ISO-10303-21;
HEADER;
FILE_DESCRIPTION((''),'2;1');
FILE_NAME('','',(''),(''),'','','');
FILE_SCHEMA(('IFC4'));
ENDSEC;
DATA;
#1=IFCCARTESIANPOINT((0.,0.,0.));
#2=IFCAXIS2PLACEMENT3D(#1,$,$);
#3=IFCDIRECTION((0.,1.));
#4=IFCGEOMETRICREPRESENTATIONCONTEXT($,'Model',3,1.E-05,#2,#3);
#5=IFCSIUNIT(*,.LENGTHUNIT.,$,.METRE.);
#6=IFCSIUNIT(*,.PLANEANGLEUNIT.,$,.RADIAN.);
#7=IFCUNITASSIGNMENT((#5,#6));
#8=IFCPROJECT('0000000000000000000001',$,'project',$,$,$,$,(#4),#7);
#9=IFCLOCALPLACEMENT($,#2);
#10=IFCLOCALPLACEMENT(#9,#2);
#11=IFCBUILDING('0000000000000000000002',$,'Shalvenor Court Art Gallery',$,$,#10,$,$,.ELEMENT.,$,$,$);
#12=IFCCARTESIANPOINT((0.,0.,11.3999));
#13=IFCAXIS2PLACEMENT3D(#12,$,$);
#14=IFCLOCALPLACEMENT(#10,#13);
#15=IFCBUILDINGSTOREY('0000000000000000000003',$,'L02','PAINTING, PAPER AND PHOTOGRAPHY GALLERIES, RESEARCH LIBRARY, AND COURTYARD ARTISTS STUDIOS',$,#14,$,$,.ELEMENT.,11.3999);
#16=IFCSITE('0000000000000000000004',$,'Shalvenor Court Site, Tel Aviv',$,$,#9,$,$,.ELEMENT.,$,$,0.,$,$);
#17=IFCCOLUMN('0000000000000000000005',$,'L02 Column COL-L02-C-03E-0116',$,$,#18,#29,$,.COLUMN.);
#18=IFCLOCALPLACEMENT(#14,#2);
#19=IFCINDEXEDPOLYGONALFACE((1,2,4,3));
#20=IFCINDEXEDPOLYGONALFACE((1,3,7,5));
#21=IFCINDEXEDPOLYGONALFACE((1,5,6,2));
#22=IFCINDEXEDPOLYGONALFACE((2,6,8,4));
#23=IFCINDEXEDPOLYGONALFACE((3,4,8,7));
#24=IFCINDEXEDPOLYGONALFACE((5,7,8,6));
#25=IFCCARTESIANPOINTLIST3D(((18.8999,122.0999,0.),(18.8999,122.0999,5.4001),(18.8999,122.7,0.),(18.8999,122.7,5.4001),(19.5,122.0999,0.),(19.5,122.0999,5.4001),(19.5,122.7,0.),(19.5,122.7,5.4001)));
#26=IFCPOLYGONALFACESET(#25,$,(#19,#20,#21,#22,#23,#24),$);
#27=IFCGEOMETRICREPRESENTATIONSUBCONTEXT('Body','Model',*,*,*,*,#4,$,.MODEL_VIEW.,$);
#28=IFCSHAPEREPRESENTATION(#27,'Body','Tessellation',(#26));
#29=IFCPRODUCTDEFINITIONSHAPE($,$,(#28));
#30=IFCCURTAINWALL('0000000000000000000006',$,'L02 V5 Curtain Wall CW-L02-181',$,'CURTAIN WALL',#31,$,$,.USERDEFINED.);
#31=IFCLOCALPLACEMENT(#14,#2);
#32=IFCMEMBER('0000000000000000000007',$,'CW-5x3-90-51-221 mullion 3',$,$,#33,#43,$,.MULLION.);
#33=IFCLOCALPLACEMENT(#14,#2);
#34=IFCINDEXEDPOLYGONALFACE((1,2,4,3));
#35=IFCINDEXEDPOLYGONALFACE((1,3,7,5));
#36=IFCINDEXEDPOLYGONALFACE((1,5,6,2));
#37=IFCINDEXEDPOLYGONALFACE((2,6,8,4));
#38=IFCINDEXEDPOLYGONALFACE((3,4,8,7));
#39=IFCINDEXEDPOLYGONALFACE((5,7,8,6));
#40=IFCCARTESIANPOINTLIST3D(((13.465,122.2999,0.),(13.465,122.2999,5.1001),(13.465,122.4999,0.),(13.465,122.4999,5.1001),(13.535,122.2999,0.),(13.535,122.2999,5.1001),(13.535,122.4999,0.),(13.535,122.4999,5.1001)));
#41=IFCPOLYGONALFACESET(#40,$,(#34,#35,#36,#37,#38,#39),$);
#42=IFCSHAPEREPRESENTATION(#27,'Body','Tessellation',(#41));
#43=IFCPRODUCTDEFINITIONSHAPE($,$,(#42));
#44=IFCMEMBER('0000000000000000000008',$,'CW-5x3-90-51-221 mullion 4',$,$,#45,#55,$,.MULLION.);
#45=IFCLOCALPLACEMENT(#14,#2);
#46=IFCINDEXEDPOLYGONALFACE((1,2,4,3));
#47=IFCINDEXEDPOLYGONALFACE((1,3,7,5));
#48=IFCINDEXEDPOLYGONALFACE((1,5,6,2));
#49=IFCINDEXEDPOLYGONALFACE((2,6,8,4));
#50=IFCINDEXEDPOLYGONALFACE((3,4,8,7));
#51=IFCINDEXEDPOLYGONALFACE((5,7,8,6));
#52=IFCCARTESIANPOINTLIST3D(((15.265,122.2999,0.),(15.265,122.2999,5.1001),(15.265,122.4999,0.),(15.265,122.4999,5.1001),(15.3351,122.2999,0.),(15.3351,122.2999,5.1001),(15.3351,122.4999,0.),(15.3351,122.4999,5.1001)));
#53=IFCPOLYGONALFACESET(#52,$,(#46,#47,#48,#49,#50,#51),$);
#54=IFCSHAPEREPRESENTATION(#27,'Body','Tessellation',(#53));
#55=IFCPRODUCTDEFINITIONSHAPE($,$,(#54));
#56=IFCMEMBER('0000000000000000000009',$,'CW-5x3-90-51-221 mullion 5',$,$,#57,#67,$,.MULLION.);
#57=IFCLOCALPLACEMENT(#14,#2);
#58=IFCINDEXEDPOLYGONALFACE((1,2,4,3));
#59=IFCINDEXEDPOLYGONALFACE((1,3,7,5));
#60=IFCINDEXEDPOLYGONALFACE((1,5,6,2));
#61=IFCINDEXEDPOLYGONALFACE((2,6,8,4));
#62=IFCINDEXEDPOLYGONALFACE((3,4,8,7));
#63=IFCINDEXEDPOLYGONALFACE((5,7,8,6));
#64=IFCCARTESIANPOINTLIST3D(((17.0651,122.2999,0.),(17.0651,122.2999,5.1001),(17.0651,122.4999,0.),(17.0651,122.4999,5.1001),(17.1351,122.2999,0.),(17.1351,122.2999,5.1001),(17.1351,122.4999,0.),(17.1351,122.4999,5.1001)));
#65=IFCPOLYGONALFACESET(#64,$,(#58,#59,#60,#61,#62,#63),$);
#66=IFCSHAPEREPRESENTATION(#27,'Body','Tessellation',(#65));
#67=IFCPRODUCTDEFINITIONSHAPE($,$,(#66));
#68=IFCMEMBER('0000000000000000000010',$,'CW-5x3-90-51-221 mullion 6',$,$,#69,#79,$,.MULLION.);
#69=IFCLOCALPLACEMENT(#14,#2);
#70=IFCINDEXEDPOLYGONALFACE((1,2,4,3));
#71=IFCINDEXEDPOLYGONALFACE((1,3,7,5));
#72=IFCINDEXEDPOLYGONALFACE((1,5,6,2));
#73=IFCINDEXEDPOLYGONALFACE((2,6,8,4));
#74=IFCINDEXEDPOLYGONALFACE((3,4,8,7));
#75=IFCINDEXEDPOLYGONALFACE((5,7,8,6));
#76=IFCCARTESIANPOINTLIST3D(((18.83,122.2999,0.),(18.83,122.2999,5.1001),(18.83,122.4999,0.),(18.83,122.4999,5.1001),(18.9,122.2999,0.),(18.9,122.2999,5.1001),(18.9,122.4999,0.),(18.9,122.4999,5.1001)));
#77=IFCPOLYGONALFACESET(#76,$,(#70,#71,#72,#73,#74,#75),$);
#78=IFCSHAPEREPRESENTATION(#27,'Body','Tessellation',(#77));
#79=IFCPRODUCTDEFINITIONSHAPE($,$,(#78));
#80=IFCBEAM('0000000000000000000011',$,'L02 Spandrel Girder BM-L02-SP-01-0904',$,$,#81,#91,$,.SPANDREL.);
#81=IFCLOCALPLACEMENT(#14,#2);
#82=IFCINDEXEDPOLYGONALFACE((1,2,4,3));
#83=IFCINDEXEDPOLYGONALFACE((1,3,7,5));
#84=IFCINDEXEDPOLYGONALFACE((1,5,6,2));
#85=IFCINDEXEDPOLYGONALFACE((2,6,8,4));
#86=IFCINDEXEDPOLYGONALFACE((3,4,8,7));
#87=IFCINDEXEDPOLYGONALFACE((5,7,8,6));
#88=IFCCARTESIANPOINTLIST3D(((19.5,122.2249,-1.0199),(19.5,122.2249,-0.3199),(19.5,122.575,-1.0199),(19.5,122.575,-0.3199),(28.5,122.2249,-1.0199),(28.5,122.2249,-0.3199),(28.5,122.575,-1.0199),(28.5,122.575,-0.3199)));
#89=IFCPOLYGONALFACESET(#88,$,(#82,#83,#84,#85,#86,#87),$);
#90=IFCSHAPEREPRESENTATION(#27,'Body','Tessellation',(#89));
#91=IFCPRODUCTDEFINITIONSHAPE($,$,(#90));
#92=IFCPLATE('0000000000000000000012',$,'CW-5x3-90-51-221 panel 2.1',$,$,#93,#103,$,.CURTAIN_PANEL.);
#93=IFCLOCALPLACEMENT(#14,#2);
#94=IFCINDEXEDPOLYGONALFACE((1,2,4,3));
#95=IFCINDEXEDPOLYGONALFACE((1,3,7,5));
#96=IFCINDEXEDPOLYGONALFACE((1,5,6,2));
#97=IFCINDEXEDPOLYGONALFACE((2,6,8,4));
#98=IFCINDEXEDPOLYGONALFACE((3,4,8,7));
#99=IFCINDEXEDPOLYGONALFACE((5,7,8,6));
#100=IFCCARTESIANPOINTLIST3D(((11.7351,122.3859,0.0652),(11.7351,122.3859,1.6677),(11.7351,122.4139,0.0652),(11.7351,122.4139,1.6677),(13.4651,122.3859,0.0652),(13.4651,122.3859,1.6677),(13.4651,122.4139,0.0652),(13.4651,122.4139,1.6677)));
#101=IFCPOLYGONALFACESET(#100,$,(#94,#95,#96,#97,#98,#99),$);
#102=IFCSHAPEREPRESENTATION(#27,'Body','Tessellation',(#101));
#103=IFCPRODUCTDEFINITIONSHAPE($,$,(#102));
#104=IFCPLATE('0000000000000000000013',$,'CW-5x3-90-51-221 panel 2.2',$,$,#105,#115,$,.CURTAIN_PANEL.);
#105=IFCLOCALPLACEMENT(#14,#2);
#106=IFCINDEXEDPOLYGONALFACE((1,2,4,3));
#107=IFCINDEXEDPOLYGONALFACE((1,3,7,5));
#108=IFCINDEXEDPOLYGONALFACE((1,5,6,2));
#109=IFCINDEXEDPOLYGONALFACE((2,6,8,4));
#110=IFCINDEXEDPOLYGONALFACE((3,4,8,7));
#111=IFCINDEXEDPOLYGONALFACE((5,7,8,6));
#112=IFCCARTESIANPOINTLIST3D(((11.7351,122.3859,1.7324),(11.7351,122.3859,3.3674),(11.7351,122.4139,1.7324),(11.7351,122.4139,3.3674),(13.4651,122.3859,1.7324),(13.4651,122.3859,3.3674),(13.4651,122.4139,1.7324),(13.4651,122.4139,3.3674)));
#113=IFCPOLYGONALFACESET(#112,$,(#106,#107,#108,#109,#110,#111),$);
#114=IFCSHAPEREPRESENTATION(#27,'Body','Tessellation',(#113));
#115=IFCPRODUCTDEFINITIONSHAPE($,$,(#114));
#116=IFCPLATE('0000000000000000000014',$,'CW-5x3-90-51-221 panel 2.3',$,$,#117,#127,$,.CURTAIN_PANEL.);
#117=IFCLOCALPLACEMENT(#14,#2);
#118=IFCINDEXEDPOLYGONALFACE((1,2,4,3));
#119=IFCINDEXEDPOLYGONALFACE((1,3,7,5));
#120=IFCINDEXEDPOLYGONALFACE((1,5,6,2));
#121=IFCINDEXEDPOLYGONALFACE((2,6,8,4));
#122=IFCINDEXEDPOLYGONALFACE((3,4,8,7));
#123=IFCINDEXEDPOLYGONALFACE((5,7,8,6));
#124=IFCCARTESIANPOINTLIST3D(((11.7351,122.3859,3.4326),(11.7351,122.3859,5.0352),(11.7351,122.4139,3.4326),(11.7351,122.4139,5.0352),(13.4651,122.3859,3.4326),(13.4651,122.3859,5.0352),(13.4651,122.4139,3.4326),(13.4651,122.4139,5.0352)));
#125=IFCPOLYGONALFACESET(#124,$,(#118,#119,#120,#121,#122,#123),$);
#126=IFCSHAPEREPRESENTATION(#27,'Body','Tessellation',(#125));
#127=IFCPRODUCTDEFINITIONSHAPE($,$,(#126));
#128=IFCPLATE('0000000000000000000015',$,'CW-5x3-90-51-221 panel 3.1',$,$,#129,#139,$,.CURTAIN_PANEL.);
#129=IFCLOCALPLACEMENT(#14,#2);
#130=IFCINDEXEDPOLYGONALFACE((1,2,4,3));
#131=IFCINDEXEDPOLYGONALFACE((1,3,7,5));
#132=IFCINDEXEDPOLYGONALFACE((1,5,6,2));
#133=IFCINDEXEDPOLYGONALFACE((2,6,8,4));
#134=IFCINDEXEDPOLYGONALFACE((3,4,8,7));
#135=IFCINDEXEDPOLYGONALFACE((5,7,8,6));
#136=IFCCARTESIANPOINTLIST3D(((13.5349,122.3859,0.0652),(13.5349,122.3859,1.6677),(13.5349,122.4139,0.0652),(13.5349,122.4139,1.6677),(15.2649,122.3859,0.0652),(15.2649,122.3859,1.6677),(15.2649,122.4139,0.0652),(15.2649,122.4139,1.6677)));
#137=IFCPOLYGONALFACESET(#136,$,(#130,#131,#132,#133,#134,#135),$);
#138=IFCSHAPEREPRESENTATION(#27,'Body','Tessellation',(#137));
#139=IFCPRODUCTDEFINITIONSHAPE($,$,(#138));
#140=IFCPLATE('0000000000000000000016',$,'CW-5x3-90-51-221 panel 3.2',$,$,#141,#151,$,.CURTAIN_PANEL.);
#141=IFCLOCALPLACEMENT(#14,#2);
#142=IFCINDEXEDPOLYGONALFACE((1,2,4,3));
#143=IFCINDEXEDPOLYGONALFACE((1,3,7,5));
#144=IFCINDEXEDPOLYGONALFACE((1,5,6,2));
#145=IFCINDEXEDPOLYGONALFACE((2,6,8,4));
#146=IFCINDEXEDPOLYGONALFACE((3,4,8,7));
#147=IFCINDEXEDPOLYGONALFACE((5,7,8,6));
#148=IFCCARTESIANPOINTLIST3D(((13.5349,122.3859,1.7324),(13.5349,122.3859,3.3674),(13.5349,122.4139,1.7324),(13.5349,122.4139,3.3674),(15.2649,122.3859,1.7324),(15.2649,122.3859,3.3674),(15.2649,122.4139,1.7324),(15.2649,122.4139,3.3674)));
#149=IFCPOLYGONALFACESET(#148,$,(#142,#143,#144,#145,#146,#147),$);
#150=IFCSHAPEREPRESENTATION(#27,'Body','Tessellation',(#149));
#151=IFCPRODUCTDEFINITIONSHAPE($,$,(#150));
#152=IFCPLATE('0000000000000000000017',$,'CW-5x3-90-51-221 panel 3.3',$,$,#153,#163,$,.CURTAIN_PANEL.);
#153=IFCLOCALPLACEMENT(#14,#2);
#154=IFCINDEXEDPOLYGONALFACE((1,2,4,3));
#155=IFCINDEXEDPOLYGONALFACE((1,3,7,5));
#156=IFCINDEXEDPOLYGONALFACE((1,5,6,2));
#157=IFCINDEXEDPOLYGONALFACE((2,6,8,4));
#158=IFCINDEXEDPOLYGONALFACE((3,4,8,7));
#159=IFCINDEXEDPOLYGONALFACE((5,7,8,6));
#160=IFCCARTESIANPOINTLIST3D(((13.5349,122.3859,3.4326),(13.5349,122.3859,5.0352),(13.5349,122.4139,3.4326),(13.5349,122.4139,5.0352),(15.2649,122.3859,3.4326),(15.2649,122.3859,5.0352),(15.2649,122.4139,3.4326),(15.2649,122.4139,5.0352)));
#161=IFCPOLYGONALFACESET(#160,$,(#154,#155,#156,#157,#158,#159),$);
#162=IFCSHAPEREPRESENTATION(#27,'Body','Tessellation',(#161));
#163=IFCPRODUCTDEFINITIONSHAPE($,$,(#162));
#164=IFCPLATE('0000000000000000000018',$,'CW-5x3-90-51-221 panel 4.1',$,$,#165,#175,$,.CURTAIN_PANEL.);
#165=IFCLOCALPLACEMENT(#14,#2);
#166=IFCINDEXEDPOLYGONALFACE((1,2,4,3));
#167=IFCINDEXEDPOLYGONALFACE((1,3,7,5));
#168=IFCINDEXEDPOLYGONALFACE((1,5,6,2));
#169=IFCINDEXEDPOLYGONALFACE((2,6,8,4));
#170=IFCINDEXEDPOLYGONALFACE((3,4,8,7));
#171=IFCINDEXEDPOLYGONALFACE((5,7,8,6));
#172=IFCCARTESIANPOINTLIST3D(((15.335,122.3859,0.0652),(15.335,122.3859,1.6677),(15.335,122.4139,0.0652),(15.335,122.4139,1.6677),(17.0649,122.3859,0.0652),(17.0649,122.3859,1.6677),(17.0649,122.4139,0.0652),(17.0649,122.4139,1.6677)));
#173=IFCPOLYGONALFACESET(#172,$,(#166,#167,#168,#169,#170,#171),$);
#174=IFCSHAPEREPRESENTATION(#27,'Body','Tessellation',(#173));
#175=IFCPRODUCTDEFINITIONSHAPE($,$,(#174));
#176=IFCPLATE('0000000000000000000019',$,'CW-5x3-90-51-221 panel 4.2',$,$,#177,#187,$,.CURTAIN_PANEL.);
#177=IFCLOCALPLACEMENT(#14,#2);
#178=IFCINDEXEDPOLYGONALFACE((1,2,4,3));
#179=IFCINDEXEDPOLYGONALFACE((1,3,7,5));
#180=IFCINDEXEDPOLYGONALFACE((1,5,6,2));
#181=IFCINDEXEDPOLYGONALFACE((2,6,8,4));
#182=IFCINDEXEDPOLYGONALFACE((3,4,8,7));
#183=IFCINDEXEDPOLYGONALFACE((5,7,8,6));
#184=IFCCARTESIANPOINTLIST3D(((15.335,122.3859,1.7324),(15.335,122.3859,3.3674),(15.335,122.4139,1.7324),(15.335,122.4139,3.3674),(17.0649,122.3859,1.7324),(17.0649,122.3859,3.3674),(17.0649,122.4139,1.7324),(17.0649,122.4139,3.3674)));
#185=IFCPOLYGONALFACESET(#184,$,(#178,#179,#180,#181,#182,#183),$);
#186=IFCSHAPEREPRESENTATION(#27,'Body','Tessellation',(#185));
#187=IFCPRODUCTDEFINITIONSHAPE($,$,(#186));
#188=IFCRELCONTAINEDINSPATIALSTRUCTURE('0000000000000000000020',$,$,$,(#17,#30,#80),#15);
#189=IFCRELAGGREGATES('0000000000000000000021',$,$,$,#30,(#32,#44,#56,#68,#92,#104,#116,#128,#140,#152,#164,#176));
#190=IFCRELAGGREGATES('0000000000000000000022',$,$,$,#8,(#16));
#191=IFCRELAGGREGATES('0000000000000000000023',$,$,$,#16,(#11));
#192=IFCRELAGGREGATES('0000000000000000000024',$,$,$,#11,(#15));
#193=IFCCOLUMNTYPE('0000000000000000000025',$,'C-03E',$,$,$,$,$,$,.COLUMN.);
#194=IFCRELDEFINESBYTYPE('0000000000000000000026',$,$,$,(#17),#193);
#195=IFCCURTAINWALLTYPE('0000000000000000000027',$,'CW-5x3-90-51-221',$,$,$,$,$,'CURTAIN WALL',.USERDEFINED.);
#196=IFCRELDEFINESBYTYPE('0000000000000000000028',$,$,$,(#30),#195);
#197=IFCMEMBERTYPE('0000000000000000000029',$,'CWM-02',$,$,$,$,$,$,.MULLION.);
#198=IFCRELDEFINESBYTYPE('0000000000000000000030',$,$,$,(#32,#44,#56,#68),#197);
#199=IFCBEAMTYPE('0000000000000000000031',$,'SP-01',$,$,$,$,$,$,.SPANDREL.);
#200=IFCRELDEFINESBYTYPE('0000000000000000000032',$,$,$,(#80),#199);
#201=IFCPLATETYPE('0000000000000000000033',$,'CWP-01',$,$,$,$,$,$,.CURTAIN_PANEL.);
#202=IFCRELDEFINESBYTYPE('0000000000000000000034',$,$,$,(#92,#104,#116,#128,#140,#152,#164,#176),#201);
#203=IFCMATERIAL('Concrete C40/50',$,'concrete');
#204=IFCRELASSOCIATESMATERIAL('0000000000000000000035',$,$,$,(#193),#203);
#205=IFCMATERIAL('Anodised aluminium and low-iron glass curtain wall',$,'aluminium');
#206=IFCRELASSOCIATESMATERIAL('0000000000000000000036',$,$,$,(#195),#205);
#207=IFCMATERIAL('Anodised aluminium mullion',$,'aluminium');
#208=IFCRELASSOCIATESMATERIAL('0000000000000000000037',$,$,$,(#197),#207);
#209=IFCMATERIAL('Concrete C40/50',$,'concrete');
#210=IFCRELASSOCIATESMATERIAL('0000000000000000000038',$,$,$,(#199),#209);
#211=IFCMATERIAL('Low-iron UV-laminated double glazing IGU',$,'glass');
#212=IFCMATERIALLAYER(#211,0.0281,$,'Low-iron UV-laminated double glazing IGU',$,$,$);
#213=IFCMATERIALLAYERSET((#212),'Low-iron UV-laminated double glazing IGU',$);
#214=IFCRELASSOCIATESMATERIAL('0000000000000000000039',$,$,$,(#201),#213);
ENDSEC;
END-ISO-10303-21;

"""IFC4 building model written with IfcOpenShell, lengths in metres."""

from ifc_helpers import new_model, si_unit, direction, frame, origin, origin_2d, place, context, subcontext, project, spatial, rectangle, extrude, material, layer, layer_set, material_profile, profile_set, type_object, element, aggregate, save


model = new_model("IFC4")

# Units and contexts
model_context = context("Model", 3, precision=1e-05, world=origin(), true_north=direction((0.0, 1.0)))
body_context = subcontext(model_context, "Body", "Model", "MODEL_VIEW")
ifc_project = project(units=[si_unit("LENGTHUNIT", "METRE"), si_unit("PLANEANGLEUNIT", "RADIAN")], contexts=[model_context])

# Site, building, storey
site_placement = place(None, origin())
site = spatial("IfcSite", under=ifc_project, at=site_placement, Name="Shalvenor Court Site, Tel Aviv", CompositionType="ELEMENT", RefElevation=0.0)
building_placement = place(site_placement, origin())
building = spatial("IfcBuilding", under=site, at=building_placement, Name="Shalvenor Court Art Gallery", CompositionType="ELEMENT")
storey_placement = place(building_placement, frame((0.0, 0.0, 11.3999)))
storey = spatial("IfcBuildingStorey", under=building, at=storey_placement, Name="L02", Description="PAINTING, PAPER AND PHOTOGRAPHY GALLERIES, RESEARCH LIBRARY, AND COURTYARD ARTISTS STUDIOS", CompositionType="ELEMENT", Elevation=11.3999)

# Column
ifc_material_1 = material(Name="Concrete C40/50", Category="concrete")
ifc_material_profile_1 = material_profile(ifc_material_1, rectangle(XDim=0.6001, YDim=0.6001, at=origin_2d()), Name="RC 600x600")
ifc_profile_set_1 = profile_set([ifc_material_profile_1], Name="Concrete C40/50")
column_type = type_object("IfcColumnType", Name="C-03E", PredefinedType="COLUMN", material=ifc_profile_set_1)
column_placement = place(storey_placement, frame((19.2, 122.3999, 0.0), z_axis=(0.0, 0.0, 1.0), x_axis=(1.0, 0.0, 0.0)))
element("IfcColumn", 1, at=column_placement, inside=storey, type_object=column_type, Name="L02 Column COL-L02-C-03E-0116", PredefinedType="COLUMN", context=body_context, shape_type="SweptSolid", body=[
    extrude(rectangle(XDim=0.6001, YDim=0.6001, at=origin_2d()), origin(), (0.0, 0.0, 1.0), 5.4001),
])

# Curtain wall, members
ifc_material_2 = material(Name="Anodised aluminium and low-iron glass curtain wall", Category="aluminium")
curtain_wall_type = type_object("IfcCurtainWallType", Name="CW-5x3-90-51-221", ElementType="CURTAIN WALL", PredefinedType="USERDEFINED", material=ifc_material_2)
curtain_wall_placement = place(storey_placement, origin())
curtain_wall = element("IfcCurtainWall", 2, at=curtain_wall_placement, inside=storey, type_object=curtain_wall_type, Name="L02 V5 Curtain Wall CW-L02-181", ObjectType="CURTAIN WALL", PredefinedType="USERDEFINED")
ifc_material_3 = material(Name="Anodised aluminium mullion", Category="aluminium")
ifc_material_profile_2 = material_profile(ifc_material_3, rectangle(XDim=0.0701, YDim=0.2, at=origin_2d()), Name="CWM-02")
ifc_profile_set_2 = profile_set([ifc_material_profile_2], Name="Anodised aluminium mullion")
member_type = type_object("IfcMemberType", Name="CWM-02", PredefinedType="MULLION", material=ifc_profile_set_2)
member_1_placement = place(storey_placement, frame((13.5, 122.3999, 0.0), z_axis=(0.0, 0.0, 1.0), x_axis=(1.0, 0.0, 0.0)))
member_1 = element("IfcMember", 3, at=member_1_placement, type_object=member_type, Name="CW-5x3-90-51-221 mullion 3", PredefinedType="MULLION", context=body_context, shape_type="SweptSolid", body=[
    extrude(rectangle(XDim=0.0701, YDim=0.2, at=origin_2d()), origin(), (0.0, 0.0, 1.0), 5.1001),
])
member_2_placement = place(storey_placement, frame((15.3, 122.3999, 0.0), z_axis=(0.0, 0.0, 1.0), x_axis=(1.0, 0.0, 0.0)))
member_2 = element("IfcMember", 4, at=member_2_placement, type_object=member_type, Name="CW-5x3-90-51-221 mullion 4", PredefinedType="MULLION", context=body_context, shape_type="SweptSolid", body=[
    extrude(rectangle(XDim=0.0701, YDim=0.2, at=origin_2d()), origin(), (0.0, 0.0, 1.0), 5.1001),
])
member_3_placement = place(storey_placement, frame((17.1001, 122.3999, 0.0), z_axis=(0.0, 0.0, 1.0), x_axis=(1.0, 0.0, 0.0)))
member_3 = element("IfcMember", 5, at=member_3_placement, type_object=member_type, Name="CW-5x3-90-51-221 mullion 5", PredefinedType="MULLION", context=body_context, shape_type="SweptSolid", body=[
    extrude(rectangle(XDim=0.0701, YDim=0.2, at=origin_2d()), origin(), (0.0, 0.0, 1.0), 5.1001),
])
member_4_placement = place(storey_placement, frame((18.865, 122.3999, 0.0), z_axis=(0.0, 0.0, 1.0), x_axis=(1.0, 0.0, 0.0)))
member_4 = element("IfcMember", 6, at=member_4_placement, type_object=member_type, Name="CW-5x3-90-51-221 mullion 6", PredefinedType="MULLION", context=body_context, shape_type="SweptSolid", body=[
    extrude(rectangle(XDim=0.0701, YDim=0.2, at=origin_2d()), origin(), (0.0, 0.0, 1.0), 5.1001),
])

# Beam
ifc_material_4 = material(Name="Concrete C40/50", Category="concrete")
ifc_material_profile_3 = material_profile(ifc_material_4, rectangle(XDim=0.3501, YDim=0.7, at=origin_2d()), Name="RC 350x700")
ifc_profile_set_3 = profile_set([ifc_material_profile_3], Name="Concrete C40/50")
beam_type = type_object("IfcBeamType", Name="SP-01", PredefinedType="SPANDREL", material=ifc_profile_set_3)
beam_placement = place(storey_placement, frame((19.5, 122.3999, -0.6699), z_axis=(1.0, 0.0, 0.0), x_axis=(0.0, 1.0, 0.0)))
element("IfcBeam", 7, at=beam_placement, inside=storey, type_object=beam_type, Name="L02 Spandrel Girder BM-L02-SP-01-0904", PredefinedType="SPANDREL", context=body_context, shape_type="SweptSolid", body=[
    extrude(rectangle(XDim=0.3501, YDim=0.7, at=origin_2d()), origin(), (0.0, 0.0, 1.0), 9.0),
])

# Plates
ifc_material_5 = material(Name="Low-iron UV-laminated double glazing IGU", Category="glass")
ifc_layer_1 = layer(ifc_material_5, 0.0281, Name="Low-iron UV-laminated double glazing IGU")
ifc_layer_set_1 = layer_set([ifc_layer_1], Name="Low-iron UV-laminated double glazing IGU")
plate_type_1 = type_object("IfcPlateType", Name="CWP-01", PredefinedType="CURTAIN_PANEL", material=ifc_layer_set_1)
plate_1_placement = place(storey_placement, frame((12.6001, 122.3999, 0.0652), z_axis=(0.0, 0.0, 1.0), x_axis=(1.0, 0.0, 0.0)))
plate_1 = element("IfcPlate", 8, at=plate_1_placement, type_object=plate_type_1, Name="CW-5x3-90-51-221 panel 2.1", PredefinedType="CURTAIN_PANEL", context=body_context, shape_type="SweptSolid", body=[
    extrude(rectangle(XDim=1.73, YDim=0.0281, at=origin_2d()), origin(), (0.0, 0.0, 1.0), 1.6025),
])
plate_2_placement = place(storey_placement, frame((12.6001, 122.3999, 1.7324), z_axis=(0.0, 0.0, 1.0), x_axis=(1.0, 0.0, 0.0)))
plate_2 = element("IfcPlate", 9, at=plate_2_placement, type_object=plate_type_1, Name="CW-5x3-90-51-221 panel 2.2", PredefinedType="CURTAIN_PANEL", context=body_context, shape_type="SweptSolid", body=[
    extrude(rectangle(XDim=1.73, YDim=0.0281, at=origin_2d()), origin(), (0.0, 0.0, 1.0), 1.635),
])
plate_3_placement = place(storey_placement, frame((12.6001, 122.3999, 3.4326), z_axis=(0.0, 0.0, 1.0), x_axis=(1.0, 0.0, 0.0)))
plate_3 = element("IfcPlate", 10, at=plate_3_placement, type_object=plate_type_1, Name="CW-5x3-90-51-221 panel 2.3", PredefinedType="CURTAIN_PANEL", context=body_context, shape_type="SweptSolid", body=[
    extrude(rectangle(XDim=1.73, YDim=0.0281, at=origin_2d()), origin(), (0.0, 0.0, 1.0), 1.6025),
])
plate_4_placement = place(storey_placement, frame((14.3999, 122.3999, 0.0652), z_axis=(0.0, 0.0, 1.0), x_axis=(1.0, 0.0, 0.0)))
plate_4 = element("IfcPlate", 11, at=plate_4_placement, type_object=plate_type_1, Name="CW-5x3-90-51-221 panel 3.1", PredefinedType="CURTAIN_PANEL", context=body_context, shape_type="SweptSolid", body=[
    extrude(rectangle(XDim=1.73, YDim=0.0281, at=origin_2d()), origin(), (0.0, 0.0, 1.0), 1.6025),
])
plate_5_placement = place(storey_placement, frame((14.3999, 122.3999, 1.7324), z_axis=(0.0, 0.0, 1.0), x_axis=(1.0, 0.0, 0.0)))
plate_5 = element("IfcPlate", 12, at=plate_5_placement, type_object=plate_type_1, Name="CW-5x3-90-51-221 panel 3.2", PredefinedType="CURTAIN_PANEL", context=body_context, shape_type="SweptSolid", body=[
    extrude(rectangle(XDim=1.73, YDim=0.0281, at=origin_2d()), origin(), (0.0, 0.0, 1.0), 1.635),
])
plate_6_placement = place(storey_placement, frame((14.3999, 122.3999, 3.4326), z_axis=(0.0, 0.0, 1.0), x_axis=(1.0, 0.0, 0.0)))
plate_6 = element("IfcPlate", 13, at=plate_6_placement, type_object=plate_type_1, Name="CW-5x3-90-51-221 panel 3.3", PredefinedType="CURTAIN_PANEL", context=body_context, shape_type="SweptSolid", body=[
    extrude(rectangle(XDim=1.73, YDim=0.0281, at=origin_2d()), origin(), (0.0, 0.0, 1.0), 1.6025),
])
plate_7_placement = place(storey_placement, frame((16.2, 122.3999, 0.0652), z_axis=(0.0, 0.0, 1.0), x_axis=(1.0, 0.0, 0.0)))
plate_7 = element("IfcPlate", 14, at=plate_7_placement, type_object=plate_type_1, Name="CW-5x3-90-51-221 panel 4.1", PredefinedType="CURTAIN_PANEL", context=body_context, shape_type="SweptSolid", body=[
    extrude(rectangle(XDim=1.73, YDim=0.0281, at=origin_2d()), origin(), (0.0, 0.0, 1.0), 1.6025),
])
plate_8_placement = place(storey_placement, frame((16.2, 122.3999, 1.7324), z_axis=(0.0, 0.0, 1.0), x_axis=(1.0, 0.0, 0.0)))
plate_8 = element("IfcPlate", 15, at=plate_8_placement, type_object=plate_type_1, Name="CW-5x3-90-51-221 panel 4.2", PredefinedType="CURTAIN_PANEL", context=body_context, shape_type="SweptSolid", body=[
    extrude(rectangle(XDim=1.73, YDim=0.0281, at=origin_2d()), origin(), (0.0, 0.0, 1.0), 1.635),
])
aggregate(curtain_wall, [member_1, member_2, member_3, member_4, plate_1, plate_2, plate_3, plate_4, plate_5, plate_6, plate_7, plate_8])

save(model, "model.ifc")
